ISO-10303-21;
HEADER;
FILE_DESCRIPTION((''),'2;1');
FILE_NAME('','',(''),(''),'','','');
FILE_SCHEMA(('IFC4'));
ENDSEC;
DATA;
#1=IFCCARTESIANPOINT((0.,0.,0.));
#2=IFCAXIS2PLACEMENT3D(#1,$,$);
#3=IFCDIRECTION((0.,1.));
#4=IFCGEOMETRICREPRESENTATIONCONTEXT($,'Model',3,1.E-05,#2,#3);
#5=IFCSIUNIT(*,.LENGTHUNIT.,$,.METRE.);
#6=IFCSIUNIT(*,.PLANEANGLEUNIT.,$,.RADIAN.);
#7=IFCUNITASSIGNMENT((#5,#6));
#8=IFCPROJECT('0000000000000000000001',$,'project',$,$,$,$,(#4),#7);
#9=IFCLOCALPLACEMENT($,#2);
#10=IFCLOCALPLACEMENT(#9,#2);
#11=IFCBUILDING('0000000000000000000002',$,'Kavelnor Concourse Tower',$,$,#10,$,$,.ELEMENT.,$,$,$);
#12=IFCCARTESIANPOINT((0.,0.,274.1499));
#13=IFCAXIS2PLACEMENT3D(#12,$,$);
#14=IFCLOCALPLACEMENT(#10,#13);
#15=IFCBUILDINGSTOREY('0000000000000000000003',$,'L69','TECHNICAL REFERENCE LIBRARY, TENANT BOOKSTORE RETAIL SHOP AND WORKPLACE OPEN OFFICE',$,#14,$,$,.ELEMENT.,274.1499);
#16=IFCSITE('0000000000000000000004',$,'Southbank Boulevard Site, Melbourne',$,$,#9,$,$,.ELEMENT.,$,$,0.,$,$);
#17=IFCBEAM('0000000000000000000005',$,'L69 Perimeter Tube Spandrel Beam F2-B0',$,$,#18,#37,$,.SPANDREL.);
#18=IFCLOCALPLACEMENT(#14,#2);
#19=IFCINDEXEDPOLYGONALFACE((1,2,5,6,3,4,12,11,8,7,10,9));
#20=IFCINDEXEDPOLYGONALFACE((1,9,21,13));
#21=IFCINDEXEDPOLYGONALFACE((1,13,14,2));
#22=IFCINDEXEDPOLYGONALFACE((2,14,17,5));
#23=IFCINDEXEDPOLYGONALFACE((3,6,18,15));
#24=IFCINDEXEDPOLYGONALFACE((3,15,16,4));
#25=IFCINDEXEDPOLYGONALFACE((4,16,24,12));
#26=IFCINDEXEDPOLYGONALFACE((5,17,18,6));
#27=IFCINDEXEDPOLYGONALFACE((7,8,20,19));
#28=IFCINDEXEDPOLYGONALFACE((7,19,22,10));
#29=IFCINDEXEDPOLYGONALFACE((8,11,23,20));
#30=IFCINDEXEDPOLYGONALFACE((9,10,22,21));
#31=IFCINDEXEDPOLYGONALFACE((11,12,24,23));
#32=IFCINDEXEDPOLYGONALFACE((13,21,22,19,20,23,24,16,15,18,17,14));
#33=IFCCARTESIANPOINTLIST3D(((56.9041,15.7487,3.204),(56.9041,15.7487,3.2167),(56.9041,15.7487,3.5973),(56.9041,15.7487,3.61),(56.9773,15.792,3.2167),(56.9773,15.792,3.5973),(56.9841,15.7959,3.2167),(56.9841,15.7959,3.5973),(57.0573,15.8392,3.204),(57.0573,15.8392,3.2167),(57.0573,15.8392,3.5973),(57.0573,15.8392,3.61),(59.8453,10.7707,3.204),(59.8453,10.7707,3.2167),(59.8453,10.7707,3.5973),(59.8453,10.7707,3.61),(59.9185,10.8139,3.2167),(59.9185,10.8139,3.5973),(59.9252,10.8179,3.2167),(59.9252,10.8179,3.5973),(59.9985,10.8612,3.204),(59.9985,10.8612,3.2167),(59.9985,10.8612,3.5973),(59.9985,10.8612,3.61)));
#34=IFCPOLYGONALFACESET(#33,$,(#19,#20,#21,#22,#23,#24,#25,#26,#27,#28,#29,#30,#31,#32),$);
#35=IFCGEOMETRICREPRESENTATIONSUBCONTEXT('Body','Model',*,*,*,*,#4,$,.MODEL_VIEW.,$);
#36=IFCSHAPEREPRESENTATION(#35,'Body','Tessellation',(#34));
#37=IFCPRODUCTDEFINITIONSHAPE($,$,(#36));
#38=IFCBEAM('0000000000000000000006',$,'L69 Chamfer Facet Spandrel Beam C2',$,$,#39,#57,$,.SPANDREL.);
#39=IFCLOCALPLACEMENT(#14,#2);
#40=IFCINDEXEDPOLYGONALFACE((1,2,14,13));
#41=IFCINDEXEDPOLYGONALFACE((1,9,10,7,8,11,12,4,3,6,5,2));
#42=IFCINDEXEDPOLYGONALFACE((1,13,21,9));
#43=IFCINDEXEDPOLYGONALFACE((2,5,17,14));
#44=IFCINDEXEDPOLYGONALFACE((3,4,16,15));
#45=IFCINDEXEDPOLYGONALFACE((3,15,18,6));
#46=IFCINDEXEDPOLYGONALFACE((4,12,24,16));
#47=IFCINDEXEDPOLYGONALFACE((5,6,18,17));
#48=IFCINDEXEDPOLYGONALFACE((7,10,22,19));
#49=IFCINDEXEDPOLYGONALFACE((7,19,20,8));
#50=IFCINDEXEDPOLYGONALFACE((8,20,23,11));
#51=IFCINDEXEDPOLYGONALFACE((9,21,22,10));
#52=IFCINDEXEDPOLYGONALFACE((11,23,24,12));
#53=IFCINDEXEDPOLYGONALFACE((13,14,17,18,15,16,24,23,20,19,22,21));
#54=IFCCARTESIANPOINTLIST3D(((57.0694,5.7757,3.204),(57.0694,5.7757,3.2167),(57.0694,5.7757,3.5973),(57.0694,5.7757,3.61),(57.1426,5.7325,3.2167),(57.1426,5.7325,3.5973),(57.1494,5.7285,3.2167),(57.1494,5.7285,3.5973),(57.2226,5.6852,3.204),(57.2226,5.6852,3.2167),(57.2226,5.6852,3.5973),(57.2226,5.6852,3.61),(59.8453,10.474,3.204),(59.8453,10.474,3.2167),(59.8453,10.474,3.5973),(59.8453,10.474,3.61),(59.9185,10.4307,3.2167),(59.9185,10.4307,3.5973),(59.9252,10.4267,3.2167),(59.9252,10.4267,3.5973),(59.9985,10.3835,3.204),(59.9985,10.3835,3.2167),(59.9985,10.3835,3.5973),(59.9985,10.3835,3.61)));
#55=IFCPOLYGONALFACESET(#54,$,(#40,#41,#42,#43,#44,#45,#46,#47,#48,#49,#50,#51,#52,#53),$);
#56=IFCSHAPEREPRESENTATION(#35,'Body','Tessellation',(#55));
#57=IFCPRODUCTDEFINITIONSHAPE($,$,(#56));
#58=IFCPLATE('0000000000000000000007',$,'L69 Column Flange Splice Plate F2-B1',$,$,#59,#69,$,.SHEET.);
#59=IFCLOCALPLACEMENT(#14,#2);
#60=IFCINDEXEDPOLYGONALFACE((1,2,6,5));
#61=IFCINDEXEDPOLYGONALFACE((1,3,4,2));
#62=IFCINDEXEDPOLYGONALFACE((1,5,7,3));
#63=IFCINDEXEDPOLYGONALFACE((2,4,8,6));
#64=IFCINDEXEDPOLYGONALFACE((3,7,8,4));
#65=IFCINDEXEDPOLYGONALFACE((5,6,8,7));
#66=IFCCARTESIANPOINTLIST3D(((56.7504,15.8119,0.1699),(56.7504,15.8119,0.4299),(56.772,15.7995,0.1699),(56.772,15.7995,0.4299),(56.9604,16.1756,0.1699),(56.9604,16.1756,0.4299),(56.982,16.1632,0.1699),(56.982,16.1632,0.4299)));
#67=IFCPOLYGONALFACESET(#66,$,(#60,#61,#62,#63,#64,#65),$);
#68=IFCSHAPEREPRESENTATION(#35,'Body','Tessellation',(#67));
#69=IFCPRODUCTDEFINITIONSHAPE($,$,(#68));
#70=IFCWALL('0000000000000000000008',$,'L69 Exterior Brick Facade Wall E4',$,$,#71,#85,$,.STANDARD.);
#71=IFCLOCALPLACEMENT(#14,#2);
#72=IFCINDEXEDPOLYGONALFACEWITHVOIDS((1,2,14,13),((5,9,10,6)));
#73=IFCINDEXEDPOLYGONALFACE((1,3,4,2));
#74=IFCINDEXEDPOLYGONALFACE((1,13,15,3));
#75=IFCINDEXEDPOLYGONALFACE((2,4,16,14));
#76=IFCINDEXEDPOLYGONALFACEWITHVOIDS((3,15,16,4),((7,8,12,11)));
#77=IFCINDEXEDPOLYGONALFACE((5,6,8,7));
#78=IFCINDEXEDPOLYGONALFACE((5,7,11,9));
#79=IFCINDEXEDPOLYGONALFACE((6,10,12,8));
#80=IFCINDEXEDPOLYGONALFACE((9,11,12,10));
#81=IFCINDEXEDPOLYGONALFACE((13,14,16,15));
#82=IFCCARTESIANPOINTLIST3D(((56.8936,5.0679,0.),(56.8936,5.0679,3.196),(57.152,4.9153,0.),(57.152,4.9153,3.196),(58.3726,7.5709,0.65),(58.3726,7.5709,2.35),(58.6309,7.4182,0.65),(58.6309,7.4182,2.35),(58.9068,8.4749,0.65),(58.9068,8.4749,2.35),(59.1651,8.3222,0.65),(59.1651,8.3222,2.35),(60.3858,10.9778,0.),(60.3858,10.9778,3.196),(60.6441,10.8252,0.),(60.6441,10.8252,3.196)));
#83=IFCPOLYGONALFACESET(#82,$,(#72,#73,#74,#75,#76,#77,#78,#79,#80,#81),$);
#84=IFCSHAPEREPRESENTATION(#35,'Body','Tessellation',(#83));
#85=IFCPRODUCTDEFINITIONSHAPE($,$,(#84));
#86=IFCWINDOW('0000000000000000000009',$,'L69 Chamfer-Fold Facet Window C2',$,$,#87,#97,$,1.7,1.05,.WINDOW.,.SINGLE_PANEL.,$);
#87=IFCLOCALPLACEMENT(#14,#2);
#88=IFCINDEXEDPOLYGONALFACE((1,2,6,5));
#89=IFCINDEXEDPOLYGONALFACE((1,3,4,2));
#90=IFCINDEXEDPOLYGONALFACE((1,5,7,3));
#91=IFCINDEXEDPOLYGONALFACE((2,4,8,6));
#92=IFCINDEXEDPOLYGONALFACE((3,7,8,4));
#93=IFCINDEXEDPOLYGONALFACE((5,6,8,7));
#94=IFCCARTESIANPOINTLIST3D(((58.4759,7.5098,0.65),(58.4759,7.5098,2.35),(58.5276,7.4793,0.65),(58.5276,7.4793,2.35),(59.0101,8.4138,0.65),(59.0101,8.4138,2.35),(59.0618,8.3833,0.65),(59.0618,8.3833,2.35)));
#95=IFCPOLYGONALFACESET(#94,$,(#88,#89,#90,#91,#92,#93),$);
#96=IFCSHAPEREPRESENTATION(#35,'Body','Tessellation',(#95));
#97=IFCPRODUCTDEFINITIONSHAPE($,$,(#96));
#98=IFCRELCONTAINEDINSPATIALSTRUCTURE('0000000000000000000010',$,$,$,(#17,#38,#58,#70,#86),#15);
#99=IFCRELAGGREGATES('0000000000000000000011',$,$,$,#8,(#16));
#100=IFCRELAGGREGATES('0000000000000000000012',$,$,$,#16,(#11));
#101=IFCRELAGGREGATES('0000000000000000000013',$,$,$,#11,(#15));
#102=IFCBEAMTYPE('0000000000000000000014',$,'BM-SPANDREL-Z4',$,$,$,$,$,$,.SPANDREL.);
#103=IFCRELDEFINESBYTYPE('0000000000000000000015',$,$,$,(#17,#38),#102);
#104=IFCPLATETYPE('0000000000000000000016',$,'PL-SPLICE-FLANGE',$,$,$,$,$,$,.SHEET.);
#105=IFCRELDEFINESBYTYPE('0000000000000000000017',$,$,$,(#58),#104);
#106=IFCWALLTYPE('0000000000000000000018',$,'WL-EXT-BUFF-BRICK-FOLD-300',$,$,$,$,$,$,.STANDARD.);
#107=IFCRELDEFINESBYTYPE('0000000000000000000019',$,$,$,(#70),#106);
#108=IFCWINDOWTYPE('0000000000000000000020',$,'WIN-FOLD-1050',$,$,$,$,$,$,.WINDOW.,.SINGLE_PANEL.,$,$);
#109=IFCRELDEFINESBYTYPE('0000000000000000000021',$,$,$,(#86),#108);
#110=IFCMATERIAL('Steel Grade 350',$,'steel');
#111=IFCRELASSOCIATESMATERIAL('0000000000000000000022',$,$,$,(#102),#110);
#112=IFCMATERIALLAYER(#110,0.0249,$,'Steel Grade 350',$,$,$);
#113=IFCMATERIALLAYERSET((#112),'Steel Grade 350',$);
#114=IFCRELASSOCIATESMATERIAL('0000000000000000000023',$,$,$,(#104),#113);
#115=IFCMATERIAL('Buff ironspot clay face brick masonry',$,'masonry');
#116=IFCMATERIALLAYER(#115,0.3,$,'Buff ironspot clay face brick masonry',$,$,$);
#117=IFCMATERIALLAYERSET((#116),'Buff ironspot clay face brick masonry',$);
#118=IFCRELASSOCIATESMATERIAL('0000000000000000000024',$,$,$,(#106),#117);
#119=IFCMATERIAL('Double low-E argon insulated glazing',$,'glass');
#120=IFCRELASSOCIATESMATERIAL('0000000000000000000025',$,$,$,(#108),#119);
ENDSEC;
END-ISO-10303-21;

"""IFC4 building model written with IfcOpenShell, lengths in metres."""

from ifc_helpers import new_model, si_unit, direction, frame, frame_2d, origin, origin_2d, place, context, subcontext, project, spatial, rectangle, i_section, extrude, material, layer, layer_set, material_profile, profile_set, type_object, element, fill, save


model = new_model("IFC4")

# Units and contexts
model_context = context("Model", 3, precision=1e-05, world=origin(), true_north=direction((0.0, 1.0)))
body_context = subcontext(model_context, "Body", "Model", "MODEL_VIEW")
ifc_project = project(units=[si_unit("LENGTHUNIT", "METRE"), si_unit("PLANEANGLEUNIT", "RADIAN")], contexts=[model_context])

# Site, building, storey
site_placement = place(None, origin())
site = spatial("IfcSite", under=ifc_project, at=site_placement, Name="Southbank Boulevard Site, Melbourne", CompositionType="ELEMENT", RefElevation=0.0)
building_placement = place(site_placement, origin())
building = spatial("IfcBuilding", under=site, at=building_placement, Name="Kavelnor Concourse Tower", CompositionType="ELEMENT")
storey_placement = place(building_placement, frame((0.0, 0.0, 274.1499)))
storey = spatial("IfcBuildingStorey", under=building, at=storey_placement, Name="L69", Description="TECHNICAL REFERENCE LIBRARY, TENANT BOOKSTORE RETAIL SHOP AND WORKPLACE OPEN OFFICE", CompositionType="ELEMENT", Elevation=274.1499)

# Shared definitions
ifc_material_1 = material(Name="Steel Grade 350", Category="steel")

# Beams
ifc_material_profile_1 = material_profile(ifc_material_1, i_section(OverallWidth=0.178, OverallDepth=0.406, WebThickness=0.0078, FlangeThickness=0.0127, at=origin_2d()), Name="410UB59")
ifc_profile_set_1 = profile_set([ifc_material_profile_1], Name="Steel Grade 350")
beam_type_1 = type_object("IfcBeamType", Name="BM-SPANDREL-Z4", PredefinedType="SPANDREL", material=ifc_profile_set_1)
beam_1_placement = place(storey_placement, frame((59.9219, 10.8159, 3.407), z_axis=(-0.508678, 0.860957, 0.0), x_axis=(-0.860957, -0.508678, 0.0)))
element("IfcBeam", 1, at=beam_1_placement, inside=storey, type_object=beam_type_1, Name="L69 Perimeter Tube Spandrel Beam F2-B0", PredefinedType="SPANDREL", context=body_context, shape_type="SweptSolid", body=[
    extrude(i_section(OverallWidth=0.178, OverallDepth=0.406, WebThickness=0.0078, FlangeThickness=0.0127, at=origin_2d()), origin(), (0.0, 0.0, 1.0), 5.782),
])
beam_2_placement = place(storey_placement, frame((57.146, 5.7305, 3.407), z_axis=(0.508681, 0.860955, 0.0), x_axis=(-0.860955, 0.508681, 0.0)))
element("IfcBeam", 2, at=beam_2_placement, inside=storey, type_object=beam_type_1, Name="L69 Chamfer Facet Spandrel Beam C2", PredefinedType="SPANDREL", context=body_context, shape_type="SweptSolid", body=[
    extrude(i_section(OverallWidth=0.178, OverallDepth=0.406, WebThickness=0.0078, FlangeThickness=0.0127, at=origin_2d()), origin(), (0.0, 0.0, 1.0), 5.457),
])

# Plate
ifc_layer_1 = layer(ifc_material_1, 0.0249, Name="Steel Grade 350")
ifc_layer_set_1 = layer_set([ifc_layer_1], Name="Steel Grade 350")
plate_type = type_object("IfcPlateType", Name="PL-SPLICE-FLANGE", PredefinedType="SHEET", material=ifc_layer_set_1)
plate_placement = place(storey_placement, frame((56.8662, 15.9875, 0.1699), z_axis=(0.0, 0.0, 1.0), x_axis=(-0.5, -0.866025, 0.0)))
element("IfcPlate", 3, at=plate_placement, inside=storey, type_object=plate_type, Name="L69 Column Flange Splice Plate F2-B1", PredefinedType="SHEET", context=body_context, shape_type="SweptSolid", body=[
    extrude(rectangle(XDim=0.4199, YDim=0.0249, at=origin_2d()), origin(), (0.0, 0.0, 1.0), 0.26),
])

# Wall, opening, window
ifc_material_2 = material(Name="Buff ironspot clay face brick masonry", Category="masonry")
ifc_layer_2 = layer(ifc_material_2, 0.3, Name="Buff ironspot clay face brick masonry")
ifc_layer_set_2 = layer_set([ifc_layer_2], Name="Buff ironspot clay face brick masonry")
wall_type_1 = type_object("IfcWallType", Name="WL-EXT-BUFF-BRICK-FOLD-300", PredefinedType="STANDARD", material=ifc_layer_set_2)
wall_1_placement = place(storey_placement, frame((60.5149, 10.9014, 0.0), z_axis=(0.0, 0.0, 1.0), x_axis=(-0.508726, -0.860929, 0.0)))
wall_1 = element("IfcWall", 4, at=wall_1_placement, inside=storey, type_object=wall_type_1, Name="L69 Exterior Brick Facade Wall E4", PredefinedType="STANDARD", context=body_context, shape_type="SweptSolid", body=[
    extrude(rectangle(XDim=6.8645, YDim=0.3, at=frame_2d((3.4321, 0.0))), origin(), (0.0, 0.0, 1.0), 3.196),
])
opening_1_placement = place(wall_1_placement, frame((2.9072, 0.0, 0.6499)))
opening_1 = element("IfcOpeningElement", 5, at=opening_1_placement, cuts=wall_1, PredefinedType="OPENING", context=body_context, shape_type="SweptSolid", body=[
    extrude(rectangle(XDim=1.05, YDim=1.7, at=frame_2d((0.5249, 0.8501))), frame((0.0, 0.1602, 0.0), z_axis=(0.0, -1.0, 0.0), x_axis=(1.0, 0.0, 0.0)), (0.0, 0.0, 1.0), 0.3201),
])
ifc_material_3 = material(Name="Double low-E argon insulated glazing", Category="glass")
window_type_1 = type_object("IfcWindowType", Name="WIN-FOLD-1050", PartitioningType="SINGLE_PANEL", PredefinedType="WINDOW", material=ifc_material_3)
window_1_placement = place(opening_1_placement, origin())
window_1 = element("IfcWindow", 6, at=window_1_placement, inside=storey, type_object=window_type_1, Name="L69 Chamfer-Fold Facet Window C2", OverallHeight=1.7, OverallWidth=1.05, PartitioningType="SINGLE_PANEL", PredefinedType="WINDOW", context=body_context, shape_type="SweptSolid", body=[
    extrude(rectangle(XDim=1.05, YDim=1.7, at=frame_2d((0.5249, 0.8501))), frame((0.0, 0.03, 0.0), z_axis=(0.0, -1.0, 0.0), x_axis=(1.0, 0.0, 0.0)), (0.0, 0.0, 1.0), 0.0601),
])
fill(opening_1, window_1)

save(model, "model.ifc")
